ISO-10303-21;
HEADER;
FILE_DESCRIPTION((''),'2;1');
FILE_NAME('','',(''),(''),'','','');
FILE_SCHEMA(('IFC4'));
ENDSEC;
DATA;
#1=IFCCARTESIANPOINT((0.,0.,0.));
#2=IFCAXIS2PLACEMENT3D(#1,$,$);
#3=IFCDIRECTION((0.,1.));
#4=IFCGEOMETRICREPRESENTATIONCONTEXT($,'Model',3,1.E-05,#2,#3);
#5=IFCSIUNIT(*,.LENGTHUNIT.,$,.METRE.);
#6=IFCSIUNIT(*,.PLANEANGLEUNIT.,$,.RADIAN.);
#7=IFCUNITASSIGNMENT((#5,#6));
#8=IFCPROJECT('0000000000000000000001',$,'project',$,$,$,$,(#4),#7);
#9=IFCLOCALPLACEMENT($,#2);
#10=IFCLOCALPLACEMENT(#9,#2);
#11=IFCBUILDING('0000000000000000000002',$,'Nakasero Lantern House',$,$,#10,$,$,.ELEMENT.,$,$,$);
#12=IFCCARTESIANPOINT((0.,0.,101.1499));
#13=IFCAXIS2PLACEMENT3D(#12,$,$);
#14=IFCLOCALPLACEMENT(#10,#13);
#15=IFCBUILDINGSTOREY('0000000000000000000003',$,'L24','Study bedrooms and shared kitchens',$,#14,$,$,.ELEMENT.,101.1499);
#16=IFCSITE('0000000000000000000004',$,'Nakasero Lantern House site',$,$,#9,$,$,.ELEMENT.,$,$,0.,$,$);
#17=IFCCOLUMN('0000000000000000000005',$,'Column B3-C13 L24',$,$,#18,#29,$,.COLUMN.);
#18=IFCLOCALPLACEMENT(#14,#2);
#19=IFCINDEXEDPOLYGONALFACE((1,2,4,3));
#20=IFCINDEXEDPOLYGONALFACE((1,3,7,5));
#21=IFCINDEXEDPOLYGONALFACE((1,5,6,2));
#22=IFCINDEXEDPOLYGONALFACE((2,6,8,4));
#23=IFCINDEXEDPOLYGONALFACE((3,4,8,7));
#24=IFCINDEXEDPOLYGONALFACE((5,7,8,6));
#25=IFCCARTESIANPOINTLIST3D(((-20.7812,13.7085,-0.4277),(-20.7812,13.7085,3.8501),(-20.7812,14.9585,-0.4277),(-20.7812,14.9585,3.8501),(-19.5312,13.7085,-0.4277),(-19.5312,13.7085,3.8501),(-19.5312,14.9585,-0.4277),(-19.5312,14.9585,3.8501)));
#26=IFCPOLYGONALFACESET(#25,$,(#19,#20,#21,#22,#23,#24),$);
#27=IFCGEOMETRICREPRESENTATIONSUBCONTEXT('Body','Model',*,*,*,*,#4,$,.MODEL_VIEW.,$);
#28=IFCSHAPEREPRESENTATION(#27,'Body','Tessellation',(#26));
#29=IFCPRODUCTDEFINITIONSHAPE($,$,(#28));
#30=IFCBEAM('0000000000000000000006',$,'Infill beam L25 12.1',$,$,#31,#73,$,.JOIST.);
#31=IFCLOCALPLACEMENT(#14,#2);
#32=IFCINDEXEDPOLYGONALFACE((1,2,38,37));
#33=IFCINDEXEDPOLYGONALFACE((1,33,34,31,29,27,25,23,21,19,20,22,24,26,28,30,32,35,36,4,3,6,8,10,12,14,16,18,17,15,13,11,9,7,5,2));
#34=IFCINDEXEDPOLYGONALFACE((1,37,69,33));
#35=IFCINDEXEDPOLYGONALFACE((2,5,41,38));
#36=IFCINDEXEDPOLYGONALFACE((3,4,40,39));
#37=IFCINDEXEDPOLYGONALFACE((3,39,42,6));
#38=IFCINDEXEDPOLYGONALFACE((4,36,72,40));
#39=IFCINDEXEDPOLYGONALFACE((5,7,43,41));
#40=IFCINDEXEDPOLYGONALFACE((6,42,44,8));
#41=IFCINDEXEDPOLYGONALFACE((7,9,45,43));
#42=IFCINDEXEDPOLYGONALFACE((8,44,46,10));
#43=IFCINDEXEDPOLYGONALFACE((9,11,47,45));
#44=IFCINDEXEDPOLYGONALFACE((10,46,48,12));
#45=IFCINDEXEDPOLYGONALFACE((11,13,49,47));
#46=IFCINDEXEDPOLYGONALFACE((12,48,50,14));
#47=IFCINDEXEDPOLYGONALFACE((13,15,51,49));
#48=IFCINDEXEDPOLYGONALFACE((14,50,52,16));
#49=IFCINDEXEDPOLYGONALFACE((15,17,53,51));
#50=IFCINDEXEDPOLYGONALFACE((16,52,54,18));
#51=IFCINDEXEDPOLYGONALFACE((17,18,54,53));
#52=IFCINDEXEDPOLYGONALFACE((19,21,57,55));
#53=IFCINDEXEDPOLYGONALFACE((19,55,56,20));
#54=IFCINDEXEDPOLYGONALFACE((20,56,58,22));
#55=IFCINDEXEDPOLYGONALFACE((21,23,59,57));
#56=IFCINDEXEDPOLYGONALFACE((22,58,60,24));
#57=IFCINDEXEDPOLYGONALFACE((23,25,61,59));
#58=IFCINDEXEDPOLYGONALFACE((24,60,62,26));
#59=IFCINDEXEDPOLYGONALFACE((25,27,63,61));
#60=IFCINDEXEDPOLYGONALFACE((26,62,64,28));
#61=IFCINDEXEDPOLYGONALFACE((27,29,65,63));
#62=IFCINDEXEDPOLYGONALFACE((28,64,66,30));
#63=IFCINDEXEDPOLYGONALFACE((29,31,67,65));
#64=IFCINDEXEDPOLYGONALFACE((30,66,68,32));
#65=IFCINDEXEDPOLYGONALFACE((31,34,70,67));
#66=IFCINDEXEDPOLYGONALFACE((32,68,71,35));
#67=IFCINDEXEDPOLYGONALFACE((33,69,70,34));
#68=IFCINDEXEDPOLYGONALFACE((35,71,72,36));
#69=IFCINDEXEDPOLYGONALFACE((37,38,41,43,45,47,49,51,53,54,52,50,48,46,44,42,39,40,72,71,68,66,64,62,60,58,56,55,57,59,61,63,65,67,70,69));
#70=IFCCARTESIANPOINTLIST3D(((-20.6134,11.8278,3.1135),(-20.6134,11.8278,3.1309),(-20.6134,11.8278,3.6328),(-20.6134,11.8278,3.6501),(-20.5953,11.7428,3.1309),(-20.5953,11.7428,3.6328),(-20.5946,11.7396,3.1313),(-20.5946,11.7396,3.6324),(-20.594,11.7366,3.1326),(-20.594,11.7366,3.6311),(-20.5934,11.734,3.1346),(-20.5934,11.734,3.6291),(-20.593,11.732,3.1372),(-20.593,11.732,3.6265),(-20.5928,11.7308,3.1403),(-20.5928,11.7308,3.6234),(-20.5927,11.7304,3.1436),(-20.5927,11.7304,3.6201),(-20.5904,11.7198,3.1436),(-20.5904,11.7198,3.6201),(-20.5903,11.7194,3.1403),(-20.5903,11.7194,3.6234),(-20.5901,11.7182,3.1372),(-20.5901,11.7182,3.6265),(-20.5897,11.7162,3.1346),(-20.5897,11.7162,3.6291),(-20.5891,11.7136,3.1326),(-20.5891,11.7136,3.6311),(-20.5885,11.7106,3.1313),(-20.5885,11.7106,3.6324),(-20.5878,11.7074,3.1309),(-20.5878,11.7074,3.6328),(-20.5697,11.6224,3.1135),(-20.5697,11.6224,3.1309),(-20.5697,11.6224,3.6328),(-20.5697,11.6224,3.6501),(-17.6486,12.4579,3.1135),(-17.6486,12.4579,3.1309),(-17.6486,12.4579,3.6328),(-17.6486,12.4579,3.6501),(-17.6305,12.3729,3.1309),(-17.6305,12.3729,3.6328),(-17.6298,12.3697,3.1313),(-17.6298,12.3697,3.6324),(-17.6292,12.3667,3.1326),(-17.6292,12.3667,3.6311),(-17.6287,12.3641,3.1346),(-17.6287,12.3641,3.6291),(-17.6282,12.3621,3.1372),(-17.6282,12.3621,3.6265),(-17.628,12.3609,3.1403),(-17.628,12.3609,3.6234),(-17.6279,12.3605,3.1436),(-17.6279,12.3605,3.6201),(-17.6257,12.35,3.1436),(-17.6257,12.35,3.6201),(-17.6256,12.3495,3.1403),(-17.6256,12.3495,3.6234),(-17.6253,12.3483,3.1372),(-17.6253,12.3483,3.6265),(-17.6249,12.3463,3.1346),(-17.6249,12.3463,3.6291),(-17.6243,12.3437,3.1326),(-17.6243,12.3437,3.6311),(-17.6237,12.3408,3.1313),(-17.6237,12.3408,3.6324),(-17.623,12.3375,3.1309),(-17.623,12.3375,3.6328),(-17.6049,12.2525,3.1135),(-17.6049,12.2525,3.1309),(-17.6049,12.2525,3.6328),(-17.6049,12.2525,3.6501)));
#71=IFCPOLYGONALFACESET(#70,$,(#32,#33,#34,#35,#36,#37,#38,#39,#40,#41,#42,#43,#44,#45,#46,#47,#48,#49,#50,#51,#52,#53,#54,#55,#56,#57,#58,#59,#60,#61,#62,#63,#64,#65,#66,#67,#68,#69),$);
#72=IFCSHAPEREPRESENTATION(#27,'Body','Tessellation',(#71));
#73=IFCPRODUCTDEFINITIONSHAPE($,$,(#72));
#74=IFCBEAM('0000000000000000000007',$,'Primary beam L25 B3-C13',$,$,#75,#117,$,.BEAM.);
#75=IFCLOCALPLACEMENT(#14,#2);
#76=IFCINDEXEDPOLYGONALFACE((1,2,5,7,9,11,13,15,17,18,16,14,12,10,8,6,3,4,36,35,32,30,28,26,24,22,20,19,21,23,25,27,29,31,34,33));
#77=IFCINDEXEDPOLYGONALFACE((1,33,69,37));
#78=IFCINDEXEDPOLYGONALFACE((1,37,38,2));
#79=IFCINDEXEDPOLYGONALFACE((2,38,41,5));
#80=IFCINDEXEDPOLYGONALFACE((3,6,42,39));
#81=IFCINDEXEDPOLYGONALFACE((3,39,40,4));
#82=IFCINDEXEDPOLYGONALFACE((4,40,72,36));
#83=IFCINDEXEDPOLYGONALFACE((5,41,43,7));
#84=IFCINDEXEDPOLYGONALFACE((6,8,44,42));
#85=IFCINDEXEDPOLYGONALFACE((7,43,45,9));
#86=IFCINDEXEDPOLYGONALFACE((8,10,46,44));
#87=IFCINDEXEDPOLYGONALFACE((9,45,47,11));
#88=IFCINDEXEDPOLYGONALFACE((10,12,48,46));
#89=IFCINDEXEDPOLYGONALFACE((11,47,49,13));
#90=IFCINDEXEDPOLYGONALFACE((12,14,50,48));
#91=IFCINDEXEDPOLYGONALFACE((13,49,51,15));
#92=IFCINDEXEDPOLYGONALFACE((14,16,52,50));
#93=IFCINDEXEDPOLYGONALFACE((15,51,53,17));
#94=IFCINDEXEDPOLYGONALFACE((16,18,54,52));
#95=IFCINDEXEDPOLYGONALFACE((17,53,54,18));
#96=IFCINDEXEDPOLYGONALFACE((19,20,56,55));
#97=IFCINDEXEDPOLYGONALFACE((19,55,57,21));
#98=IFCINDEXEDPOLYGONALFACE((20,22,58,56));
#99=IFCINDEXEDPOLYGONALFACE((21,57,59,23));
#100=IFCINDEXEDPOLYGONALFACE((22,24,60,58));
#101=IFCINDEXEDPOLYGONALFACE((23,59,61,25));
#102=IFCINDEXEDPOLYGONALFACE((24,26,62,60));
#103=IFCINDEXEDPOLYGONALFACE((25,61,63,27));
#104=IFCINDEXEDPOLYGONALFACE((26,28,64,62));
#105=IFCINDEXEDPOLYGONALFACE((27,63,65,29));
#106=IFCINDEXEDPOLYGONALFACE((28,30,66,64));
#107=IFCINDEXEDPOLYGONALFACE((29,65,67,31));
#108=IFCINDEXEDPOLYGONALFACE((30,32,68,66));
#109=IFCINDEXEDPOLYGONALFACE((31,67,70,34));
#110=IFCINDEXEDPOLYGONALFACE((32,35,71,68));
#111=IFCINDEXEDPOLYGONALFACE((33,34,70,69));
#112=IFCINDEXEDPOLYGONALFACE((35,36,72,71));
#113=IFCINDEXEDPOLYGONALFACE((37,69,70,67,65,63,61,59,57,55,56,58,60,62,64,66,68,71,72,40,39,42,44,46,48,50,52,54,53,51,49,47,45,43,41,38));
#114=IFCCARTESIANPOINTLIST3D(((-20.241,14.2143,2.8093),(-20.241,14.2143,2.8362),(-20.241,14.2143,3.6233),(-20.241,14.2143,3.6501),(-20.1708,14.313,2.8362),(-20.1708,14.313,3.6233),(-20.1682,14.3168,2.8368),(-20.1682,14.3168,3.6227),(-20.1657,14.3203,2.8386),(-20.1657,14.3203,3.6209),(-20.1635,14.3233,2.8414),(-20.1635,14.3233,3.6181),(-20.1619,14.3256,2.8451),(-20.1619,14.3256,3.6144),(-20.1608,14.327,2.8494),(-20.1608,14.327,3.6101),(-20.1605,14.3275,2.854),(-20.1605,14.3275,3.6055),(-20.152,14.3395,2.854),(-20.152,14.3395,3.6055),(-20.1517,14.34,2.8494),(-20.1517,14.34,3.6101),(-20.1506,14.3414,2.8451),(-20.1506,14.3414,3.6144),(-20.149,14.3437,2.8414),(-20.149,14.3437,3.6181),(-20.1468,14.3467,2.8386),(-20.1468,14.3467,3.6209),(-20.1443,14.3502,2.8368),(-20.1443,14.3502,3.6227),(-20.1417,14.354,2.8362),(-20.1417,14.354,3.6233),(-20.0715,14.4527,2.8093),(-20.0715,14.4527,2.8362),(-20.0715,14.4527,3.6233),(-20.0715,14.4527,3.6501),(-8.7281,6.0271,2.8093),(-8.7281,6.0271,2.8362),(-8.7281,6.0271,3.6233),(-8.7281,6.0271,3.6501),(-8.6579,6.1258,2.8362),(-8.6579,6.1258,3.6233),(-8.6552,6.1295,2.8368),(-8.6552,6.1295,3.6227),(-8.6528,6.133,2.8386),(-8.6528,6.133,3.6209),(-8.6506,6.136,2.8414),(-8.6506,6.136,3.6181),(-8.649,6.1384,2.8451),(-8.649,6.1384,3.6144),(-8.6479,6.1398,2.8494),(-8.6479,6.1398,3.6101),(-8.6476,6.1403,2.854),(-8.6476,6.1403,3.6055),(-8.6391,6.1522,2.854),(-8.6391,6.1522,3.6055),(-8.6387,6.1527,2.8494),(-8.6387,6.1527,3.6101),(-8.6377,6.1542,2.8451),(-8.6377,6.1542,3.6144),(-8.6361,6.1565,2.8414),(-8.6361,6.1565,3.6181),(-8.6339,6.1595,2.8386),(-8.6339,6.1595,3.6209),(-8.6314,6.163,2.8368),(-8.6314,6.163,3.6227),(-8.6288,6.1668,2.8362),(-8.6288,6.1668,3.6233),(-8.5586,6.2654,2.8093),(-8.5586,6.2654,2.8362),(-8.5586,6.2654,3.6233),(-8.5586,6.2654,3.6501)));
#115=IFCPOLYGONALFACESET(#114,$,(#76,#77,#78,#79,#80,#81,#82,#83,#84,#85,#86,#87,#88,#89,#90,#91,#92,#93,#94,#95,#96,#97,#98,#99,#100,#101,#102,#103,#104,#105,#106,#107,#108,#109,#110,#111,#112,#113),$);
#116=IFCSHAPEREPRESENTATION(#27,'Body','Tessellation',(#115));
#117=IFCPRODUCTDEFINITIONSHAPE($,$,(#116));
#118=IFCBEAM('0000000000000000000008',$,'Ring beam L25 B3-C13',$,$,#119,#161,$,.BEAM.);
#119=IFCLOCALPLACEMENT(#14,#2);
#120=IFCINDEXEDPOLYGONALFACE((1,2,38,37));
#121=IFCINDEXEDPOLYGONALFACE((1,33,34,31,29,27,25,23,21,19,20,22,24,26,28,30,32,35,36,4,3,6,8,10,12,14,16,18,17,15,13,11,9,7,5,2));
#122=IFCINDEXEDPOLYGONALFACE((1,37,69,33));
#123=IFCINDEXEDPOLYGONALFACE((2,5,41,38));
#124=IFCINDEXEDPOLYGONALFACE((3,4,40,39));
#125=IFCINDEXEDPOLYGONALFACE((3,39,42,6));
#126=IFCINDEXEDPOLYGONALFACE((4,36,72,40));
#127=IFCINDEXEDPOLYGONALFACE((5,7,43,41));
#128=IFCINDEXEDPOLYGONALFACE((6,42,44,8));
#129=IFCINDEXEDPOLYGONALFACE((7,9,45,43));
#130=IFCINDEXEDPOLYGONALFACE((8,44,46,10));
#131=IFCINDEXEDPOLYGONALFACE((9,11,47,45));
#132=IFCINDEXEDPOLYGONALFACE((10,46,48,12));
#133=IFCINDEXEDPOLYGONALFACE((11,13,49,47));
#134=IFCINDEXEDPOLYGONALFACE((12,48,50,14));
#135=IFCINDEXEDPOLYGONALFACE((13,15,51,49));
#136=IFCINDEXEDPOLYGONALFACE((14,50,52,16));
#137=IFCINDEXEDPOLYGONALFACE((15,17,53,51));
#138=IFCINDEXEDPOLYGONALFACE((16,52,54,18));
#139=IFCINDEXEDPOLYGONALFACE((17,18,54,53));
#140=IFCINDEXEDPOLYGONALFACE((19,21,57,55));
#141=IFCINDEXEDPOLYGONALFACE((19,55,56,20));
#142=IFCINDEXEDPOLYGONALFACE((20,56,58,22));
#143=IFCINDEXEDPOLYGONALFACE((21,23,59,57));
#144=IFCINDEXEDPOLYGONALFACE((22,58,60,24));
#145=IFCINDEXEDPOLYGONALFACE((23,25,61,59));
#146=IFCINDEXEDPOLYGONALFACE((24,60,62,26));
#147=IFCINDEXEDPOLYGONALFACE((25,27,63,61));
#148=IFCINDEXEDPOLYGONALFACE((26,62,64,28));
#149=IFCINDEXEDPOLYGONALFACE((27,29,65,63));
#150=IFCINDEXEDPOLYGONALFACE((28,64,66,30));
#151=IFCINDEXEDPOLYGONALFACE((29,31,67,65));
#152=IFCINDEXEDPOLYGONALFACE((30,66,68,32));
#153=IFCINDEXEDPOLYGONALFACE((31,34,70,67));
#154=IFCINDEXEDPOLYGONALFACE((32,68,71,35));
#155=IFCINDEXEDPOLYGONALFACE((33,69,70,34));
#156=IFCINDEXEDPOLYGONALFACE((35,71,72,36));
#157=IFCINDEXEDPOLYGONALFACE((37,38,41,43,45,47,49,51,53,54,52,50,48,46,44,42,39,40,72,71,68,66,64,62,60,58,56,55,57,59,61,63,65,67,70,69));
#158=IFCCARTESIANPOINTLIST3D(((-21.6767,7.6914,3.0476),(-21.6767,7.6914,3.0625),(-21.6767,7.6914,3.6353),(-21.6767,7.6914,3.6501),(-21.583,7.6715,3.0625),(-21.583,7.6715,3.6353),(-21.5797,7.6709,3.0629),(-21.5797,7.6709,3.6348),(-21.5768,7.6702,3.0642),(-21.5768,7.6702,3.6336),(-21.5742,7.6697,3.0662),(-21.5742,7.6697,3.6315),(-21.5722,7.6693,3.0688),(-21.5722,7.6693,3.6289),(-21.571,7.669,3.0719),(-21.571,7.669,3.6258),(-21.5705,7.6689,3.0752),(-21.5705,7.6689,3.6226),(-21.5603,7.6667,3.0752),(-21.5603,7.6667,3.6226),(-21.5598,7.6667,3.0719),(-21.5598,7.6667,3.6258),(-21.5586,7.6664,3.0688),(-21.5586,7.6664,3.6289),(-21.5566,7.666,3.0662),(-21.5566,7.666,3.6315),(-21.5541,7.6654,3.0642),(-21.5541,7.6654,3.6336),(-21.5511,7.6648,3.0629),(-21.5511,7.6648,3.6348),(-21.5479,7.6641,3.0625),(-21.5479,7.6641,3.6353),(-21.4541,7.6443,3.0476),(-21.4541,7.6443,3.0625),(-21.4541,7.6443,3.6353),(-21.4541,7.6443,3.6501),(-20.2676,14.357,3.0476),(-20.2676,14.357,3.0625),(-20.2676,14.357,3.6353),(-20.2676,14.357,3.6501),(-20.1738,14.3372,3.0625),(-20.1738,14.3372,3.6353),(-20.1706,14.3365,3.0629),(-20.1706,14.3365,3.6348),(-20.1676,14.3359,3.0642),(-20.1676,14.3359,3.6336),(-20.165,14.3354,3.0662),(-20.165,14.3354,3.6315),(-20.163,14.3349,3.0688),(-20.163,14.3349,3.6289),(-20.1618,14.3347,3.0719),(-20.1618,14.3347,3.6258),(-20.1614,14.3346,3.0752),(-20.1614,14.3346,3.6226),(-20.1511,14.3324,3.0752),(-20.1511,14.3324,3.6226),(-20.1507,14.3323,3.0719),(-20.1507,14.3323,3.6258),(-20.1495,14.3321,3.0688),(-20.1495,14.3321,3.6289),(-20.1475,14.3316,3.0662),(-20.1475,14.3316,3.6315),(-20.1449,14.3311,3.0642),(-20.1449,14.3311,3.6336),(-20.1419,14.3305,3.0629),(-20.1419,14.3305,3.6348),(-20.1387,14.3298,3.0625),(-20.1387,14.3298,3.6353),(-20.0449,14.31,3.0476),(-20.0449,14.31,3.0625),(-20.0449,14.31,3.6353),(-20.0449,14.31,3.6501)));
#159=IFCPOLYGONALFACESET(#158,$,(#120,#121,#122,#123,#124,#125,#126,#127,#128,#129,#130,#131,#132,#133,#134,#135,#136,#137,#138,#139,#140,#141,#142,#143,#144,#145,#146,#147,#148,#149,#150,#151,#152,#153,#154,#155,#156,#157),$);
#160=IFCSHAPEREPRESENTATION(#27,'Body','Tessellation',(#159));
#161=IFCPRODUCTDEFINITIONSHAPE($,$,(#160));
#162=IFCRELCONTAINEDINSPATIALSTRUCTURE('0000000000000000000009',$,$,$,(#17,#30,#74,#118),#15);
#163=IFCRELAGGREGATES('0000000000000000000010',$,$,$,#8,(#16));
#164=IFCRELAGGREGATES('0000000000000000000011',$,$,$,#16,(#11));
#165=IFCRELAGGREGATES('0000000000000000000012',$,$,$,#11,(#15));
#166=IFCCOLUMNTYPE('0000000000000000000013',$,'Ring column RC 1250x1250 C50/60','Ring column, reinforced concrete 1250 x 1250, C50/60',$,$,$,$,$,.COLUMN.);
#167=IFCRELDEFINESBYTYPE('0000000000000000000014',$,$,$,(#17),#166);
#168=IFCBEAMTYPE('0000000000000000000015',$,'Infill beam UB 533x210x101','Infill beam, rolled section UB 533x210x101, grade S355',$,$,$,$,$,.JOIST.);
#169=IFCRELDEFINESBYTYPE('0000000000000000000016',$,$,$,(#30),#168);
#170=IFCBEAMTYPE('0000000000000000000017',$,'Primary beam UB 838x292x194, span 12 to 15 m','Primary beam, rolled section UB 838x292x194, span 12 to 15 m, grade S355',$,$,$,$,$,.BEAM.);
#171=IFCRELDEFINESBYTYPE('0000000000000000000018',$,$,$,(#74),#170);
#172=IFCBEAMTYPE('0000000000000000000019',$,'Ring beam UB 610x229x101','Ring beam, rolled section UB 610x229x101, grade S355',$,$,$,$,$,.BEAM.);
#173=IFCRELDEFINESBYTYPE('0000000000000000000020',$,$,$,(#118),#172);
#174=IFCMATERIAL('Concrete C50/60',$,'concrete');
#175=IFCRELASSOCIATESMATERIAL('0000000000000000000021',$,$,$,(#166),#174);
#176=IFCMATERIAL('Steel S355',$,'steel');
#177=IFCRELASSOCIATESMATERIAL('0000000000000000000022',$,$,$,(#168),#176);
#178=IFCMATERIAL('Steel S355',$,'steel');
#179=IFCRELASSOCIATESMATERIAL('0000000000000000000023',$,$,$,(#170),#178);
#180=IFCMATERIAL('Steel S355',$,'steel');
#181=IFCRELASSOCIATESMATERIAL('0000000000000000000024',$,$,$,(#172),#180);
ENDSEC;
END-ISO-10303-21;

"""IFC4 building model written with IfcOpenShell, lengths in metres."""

from ifc_helpers import new_model, si_unit, direction, frame, origin, origin_2d, place, context, subcontext, project, spatial, rectangle, i_section, extrude, material, material_profile, profile_set, type_object, element, save


model = new_model("IFC4")

# Units and contexts
model_context = context("Model", 3, precision=1e-05, world=origin(), true_north=direction((0.0, 1.0)))
body_context = subcontext(model_context, "Body", "Model", "MODEL_VIEW")
ifc_project = project(units=[si_unit("LENGTHUNIT", "METRE"), si_unit("PLANEANGLEUNIT", "RADIAN")], contexts=[model_context])

# Site, building, storey
site_placement = place(None, origin())
site = spatial("IfcSite", under=ifc_project, at=site_placement, Name="Nakasero Lantern House site", CompositionType="ELEMENT", RefElevation=0.0)
building_placement = place(site_placement, origin())
building = spatial("IfcBuilding", under=site, at=building_placement, Name="Nakasero Lantern House", CompositionType="ELEMENT")
storey_placement = place(building_placement, frame((0.0, 0.0, 101.1499)))
storey = spatial("IfcBuildingStorey", under=building, at=storey_placement, Name="L24", Description="Study bedrooms and shared kitchens", CompositionType="ELEMENT", Elevation=101.1499)

# Column
ifc_material_1 = material(Name="Concrete C50/60", Category="concrete")
ifc_material_profile_1 = material_profile(ifc_material_1, rectangle(XDim=1.25, YDim=1.25, at=origin_2d()), Name="RC 1250x1250")
ifc_profile_set_1 = profile_set([ifc_material_profile_1], Name="Concrete C50/60")
column_type = type_object("IfcColumnType", Name="Ring column RC 1250x1250 C50/60", Description="Ring column, reinforced concrete 1250 x 1250, C50/60", PredefinedType="COLUMN", material=ifc_profile_set_1)
column_placement = place(storey_placement, frame((-20.1562, 14.3335, -0.4277), z_axis=(0.0, 0.0, 1.0), x_axis=(1.0, 0.0, 0.0)))
element("IfcColumn", 1, at=column_placement, inside=storey, type_object=column_type, Name="Column B3-C13 L24", PredefinedType="COLUMN", context=body_context, shape_type="SweptSolid", body=[
    extrude(rectangle(XDim=1.25, YDim=1.25, at=origin_2d()), origin(), (0.0, 0.0, 1.0), 4.2778),
])

# Beams
ifc_material_2 = material(Name="Steel S355", Category="steel")
ifc_material_profile_2 = material_profile(ifc_material_2, i_section(OverallWidth=0.21, OverallDepth=0.5366, WebThickness=0.0107, FlangeThickness=0.0173, FilletRadius=0.0127, at=origin_2d()), Name="UB 533x210x101")
ifc_profile_set_2 = profile_set([ifc_material_profile_2], Name="Steel S355")
beam_type_1 = type_object("IfcBeamType", Name="Infill beam UB 533x210x101", Description="Infill beam, rolled section UB 533x210x101, grade S355", PredefinedType="JOIST", material=ifc_profile_set_2)
beam_1_placement = place(storey_placement, frame((-20.5916, 11.7251, 3.3818), z_axis=(0.978152, 0.20789, 0.0), x_axis=(-0.20789, 0.978152, 0.0)))
element("IfcBeam", 2, at=beam_1_placement, inside=storey, type_object=beam_type_1, Name="Infill beam L25 12.1", PredefinedType="JOIST", context=body_context, shape_type="SweptSolid", body=[
    extrude(i_section(OverallWidth=0.21, OverallDepth=0.5366, WebThickness=0.0107, FlangeThickness=0.0173, FilletRadius=0.0127, at=origin_2d()), origin(), (0.0, 0.0, 1.0), 3.031),
])
ifc_material_3 = material(Name="Steel S355", Category="steel")
ifc_material_profile_3 = material_profile(ifc_material_3, i_section(OverallWidth=0.2925, OverallDepth=0.8408, WebThickness=0.0146, FlangeThickness=0.0269, FilletRadius=0.0178, at=origin_2d()), Name="UB 838x292x194")
ifc_profile_set_3 = profile_set([ifc_material_profile_3], Name="Steel S355")
beam_type_2 = type_object("IfcBeamType", Name="Primary beam UB 838x292x194, span 12 to 15 m", Description="Primary beam, rolled section UB 838x292x194, span 12 to 15 m, grade S355", PredefinedType="BEAM", material=ifc_profile_set_3)
beam_2_placement = place(storey_placement, frame((-20.1562, 14.3335, 3.2297), z_axis=(0.814946, -0.579537, 0.0), x_axis=(0.579537, 0.814946, 0.0)))
element("IfcBeam", 3, at=beam_2_placement, inside=storey, type_object=beam_type_2, Name="Primary beam L25 B3-C13", PredefinedType="BEAM", context=body_context, shape_type="SweptSolid", body=[
    extrude(i_section(OverallWidth=0.2925, OverallDepth=0.8408, WebThickness=0.0146, FlangeThickness=0.0269, FilletRadius=0.0178, at=origin_2d()), origin(), (0.0, 0.0, 1.0), 14.1272),
])
ifc_material_4 = material(Name="Steel S355", Category="steel")
ifc_material_profile_4 = material_profile(ifc_material_4, i_section(OverallWidth=0.2275, OverallDepth=0.6025, WebThickness=0.0105, FlangeThickness=0.0149, FilletRadius=0.0127, at=origin_2d()), Name="UB 610x229x101")
ifc_profile_set_4 = profile_set([ifc_material_profile_4], Name="Steel S355")
beam_type_3 = type_object("IfcBeamType", Name="Ring beam UB 610x229x101", Description="Ring beam, rolled section UB 610x229x101, grade S355", PredefinedType="BEAM", material=ifc_profile_set_4)
beam_3_placement = place(storey_placement, frame((-20.1562, 14.3335, 3.3489), z_axis=(-0.206834, -0.978376, 0.0), x_axis=(0.978376, -0.206834, 0.0)))
element("IfcBeam", 4, at=beam_3_placement, inside=storey, type_object=beam_type_3, Name="Ring beam L25 B3-C13", PredefinedType="BEAM", context=body_context, shape_type="SweptSolid", body=[
    extrude(i_section(OverallWidth=0.2275, OverallDepth=0.6025, WebThickness=0.0105, FlangeThickness=0.0149, FilletRadius=0.0127, at=origin_2d()), origin(), (0.0, 0.0, 1.0), 6.813),
])

save(model, "model.ifc")
